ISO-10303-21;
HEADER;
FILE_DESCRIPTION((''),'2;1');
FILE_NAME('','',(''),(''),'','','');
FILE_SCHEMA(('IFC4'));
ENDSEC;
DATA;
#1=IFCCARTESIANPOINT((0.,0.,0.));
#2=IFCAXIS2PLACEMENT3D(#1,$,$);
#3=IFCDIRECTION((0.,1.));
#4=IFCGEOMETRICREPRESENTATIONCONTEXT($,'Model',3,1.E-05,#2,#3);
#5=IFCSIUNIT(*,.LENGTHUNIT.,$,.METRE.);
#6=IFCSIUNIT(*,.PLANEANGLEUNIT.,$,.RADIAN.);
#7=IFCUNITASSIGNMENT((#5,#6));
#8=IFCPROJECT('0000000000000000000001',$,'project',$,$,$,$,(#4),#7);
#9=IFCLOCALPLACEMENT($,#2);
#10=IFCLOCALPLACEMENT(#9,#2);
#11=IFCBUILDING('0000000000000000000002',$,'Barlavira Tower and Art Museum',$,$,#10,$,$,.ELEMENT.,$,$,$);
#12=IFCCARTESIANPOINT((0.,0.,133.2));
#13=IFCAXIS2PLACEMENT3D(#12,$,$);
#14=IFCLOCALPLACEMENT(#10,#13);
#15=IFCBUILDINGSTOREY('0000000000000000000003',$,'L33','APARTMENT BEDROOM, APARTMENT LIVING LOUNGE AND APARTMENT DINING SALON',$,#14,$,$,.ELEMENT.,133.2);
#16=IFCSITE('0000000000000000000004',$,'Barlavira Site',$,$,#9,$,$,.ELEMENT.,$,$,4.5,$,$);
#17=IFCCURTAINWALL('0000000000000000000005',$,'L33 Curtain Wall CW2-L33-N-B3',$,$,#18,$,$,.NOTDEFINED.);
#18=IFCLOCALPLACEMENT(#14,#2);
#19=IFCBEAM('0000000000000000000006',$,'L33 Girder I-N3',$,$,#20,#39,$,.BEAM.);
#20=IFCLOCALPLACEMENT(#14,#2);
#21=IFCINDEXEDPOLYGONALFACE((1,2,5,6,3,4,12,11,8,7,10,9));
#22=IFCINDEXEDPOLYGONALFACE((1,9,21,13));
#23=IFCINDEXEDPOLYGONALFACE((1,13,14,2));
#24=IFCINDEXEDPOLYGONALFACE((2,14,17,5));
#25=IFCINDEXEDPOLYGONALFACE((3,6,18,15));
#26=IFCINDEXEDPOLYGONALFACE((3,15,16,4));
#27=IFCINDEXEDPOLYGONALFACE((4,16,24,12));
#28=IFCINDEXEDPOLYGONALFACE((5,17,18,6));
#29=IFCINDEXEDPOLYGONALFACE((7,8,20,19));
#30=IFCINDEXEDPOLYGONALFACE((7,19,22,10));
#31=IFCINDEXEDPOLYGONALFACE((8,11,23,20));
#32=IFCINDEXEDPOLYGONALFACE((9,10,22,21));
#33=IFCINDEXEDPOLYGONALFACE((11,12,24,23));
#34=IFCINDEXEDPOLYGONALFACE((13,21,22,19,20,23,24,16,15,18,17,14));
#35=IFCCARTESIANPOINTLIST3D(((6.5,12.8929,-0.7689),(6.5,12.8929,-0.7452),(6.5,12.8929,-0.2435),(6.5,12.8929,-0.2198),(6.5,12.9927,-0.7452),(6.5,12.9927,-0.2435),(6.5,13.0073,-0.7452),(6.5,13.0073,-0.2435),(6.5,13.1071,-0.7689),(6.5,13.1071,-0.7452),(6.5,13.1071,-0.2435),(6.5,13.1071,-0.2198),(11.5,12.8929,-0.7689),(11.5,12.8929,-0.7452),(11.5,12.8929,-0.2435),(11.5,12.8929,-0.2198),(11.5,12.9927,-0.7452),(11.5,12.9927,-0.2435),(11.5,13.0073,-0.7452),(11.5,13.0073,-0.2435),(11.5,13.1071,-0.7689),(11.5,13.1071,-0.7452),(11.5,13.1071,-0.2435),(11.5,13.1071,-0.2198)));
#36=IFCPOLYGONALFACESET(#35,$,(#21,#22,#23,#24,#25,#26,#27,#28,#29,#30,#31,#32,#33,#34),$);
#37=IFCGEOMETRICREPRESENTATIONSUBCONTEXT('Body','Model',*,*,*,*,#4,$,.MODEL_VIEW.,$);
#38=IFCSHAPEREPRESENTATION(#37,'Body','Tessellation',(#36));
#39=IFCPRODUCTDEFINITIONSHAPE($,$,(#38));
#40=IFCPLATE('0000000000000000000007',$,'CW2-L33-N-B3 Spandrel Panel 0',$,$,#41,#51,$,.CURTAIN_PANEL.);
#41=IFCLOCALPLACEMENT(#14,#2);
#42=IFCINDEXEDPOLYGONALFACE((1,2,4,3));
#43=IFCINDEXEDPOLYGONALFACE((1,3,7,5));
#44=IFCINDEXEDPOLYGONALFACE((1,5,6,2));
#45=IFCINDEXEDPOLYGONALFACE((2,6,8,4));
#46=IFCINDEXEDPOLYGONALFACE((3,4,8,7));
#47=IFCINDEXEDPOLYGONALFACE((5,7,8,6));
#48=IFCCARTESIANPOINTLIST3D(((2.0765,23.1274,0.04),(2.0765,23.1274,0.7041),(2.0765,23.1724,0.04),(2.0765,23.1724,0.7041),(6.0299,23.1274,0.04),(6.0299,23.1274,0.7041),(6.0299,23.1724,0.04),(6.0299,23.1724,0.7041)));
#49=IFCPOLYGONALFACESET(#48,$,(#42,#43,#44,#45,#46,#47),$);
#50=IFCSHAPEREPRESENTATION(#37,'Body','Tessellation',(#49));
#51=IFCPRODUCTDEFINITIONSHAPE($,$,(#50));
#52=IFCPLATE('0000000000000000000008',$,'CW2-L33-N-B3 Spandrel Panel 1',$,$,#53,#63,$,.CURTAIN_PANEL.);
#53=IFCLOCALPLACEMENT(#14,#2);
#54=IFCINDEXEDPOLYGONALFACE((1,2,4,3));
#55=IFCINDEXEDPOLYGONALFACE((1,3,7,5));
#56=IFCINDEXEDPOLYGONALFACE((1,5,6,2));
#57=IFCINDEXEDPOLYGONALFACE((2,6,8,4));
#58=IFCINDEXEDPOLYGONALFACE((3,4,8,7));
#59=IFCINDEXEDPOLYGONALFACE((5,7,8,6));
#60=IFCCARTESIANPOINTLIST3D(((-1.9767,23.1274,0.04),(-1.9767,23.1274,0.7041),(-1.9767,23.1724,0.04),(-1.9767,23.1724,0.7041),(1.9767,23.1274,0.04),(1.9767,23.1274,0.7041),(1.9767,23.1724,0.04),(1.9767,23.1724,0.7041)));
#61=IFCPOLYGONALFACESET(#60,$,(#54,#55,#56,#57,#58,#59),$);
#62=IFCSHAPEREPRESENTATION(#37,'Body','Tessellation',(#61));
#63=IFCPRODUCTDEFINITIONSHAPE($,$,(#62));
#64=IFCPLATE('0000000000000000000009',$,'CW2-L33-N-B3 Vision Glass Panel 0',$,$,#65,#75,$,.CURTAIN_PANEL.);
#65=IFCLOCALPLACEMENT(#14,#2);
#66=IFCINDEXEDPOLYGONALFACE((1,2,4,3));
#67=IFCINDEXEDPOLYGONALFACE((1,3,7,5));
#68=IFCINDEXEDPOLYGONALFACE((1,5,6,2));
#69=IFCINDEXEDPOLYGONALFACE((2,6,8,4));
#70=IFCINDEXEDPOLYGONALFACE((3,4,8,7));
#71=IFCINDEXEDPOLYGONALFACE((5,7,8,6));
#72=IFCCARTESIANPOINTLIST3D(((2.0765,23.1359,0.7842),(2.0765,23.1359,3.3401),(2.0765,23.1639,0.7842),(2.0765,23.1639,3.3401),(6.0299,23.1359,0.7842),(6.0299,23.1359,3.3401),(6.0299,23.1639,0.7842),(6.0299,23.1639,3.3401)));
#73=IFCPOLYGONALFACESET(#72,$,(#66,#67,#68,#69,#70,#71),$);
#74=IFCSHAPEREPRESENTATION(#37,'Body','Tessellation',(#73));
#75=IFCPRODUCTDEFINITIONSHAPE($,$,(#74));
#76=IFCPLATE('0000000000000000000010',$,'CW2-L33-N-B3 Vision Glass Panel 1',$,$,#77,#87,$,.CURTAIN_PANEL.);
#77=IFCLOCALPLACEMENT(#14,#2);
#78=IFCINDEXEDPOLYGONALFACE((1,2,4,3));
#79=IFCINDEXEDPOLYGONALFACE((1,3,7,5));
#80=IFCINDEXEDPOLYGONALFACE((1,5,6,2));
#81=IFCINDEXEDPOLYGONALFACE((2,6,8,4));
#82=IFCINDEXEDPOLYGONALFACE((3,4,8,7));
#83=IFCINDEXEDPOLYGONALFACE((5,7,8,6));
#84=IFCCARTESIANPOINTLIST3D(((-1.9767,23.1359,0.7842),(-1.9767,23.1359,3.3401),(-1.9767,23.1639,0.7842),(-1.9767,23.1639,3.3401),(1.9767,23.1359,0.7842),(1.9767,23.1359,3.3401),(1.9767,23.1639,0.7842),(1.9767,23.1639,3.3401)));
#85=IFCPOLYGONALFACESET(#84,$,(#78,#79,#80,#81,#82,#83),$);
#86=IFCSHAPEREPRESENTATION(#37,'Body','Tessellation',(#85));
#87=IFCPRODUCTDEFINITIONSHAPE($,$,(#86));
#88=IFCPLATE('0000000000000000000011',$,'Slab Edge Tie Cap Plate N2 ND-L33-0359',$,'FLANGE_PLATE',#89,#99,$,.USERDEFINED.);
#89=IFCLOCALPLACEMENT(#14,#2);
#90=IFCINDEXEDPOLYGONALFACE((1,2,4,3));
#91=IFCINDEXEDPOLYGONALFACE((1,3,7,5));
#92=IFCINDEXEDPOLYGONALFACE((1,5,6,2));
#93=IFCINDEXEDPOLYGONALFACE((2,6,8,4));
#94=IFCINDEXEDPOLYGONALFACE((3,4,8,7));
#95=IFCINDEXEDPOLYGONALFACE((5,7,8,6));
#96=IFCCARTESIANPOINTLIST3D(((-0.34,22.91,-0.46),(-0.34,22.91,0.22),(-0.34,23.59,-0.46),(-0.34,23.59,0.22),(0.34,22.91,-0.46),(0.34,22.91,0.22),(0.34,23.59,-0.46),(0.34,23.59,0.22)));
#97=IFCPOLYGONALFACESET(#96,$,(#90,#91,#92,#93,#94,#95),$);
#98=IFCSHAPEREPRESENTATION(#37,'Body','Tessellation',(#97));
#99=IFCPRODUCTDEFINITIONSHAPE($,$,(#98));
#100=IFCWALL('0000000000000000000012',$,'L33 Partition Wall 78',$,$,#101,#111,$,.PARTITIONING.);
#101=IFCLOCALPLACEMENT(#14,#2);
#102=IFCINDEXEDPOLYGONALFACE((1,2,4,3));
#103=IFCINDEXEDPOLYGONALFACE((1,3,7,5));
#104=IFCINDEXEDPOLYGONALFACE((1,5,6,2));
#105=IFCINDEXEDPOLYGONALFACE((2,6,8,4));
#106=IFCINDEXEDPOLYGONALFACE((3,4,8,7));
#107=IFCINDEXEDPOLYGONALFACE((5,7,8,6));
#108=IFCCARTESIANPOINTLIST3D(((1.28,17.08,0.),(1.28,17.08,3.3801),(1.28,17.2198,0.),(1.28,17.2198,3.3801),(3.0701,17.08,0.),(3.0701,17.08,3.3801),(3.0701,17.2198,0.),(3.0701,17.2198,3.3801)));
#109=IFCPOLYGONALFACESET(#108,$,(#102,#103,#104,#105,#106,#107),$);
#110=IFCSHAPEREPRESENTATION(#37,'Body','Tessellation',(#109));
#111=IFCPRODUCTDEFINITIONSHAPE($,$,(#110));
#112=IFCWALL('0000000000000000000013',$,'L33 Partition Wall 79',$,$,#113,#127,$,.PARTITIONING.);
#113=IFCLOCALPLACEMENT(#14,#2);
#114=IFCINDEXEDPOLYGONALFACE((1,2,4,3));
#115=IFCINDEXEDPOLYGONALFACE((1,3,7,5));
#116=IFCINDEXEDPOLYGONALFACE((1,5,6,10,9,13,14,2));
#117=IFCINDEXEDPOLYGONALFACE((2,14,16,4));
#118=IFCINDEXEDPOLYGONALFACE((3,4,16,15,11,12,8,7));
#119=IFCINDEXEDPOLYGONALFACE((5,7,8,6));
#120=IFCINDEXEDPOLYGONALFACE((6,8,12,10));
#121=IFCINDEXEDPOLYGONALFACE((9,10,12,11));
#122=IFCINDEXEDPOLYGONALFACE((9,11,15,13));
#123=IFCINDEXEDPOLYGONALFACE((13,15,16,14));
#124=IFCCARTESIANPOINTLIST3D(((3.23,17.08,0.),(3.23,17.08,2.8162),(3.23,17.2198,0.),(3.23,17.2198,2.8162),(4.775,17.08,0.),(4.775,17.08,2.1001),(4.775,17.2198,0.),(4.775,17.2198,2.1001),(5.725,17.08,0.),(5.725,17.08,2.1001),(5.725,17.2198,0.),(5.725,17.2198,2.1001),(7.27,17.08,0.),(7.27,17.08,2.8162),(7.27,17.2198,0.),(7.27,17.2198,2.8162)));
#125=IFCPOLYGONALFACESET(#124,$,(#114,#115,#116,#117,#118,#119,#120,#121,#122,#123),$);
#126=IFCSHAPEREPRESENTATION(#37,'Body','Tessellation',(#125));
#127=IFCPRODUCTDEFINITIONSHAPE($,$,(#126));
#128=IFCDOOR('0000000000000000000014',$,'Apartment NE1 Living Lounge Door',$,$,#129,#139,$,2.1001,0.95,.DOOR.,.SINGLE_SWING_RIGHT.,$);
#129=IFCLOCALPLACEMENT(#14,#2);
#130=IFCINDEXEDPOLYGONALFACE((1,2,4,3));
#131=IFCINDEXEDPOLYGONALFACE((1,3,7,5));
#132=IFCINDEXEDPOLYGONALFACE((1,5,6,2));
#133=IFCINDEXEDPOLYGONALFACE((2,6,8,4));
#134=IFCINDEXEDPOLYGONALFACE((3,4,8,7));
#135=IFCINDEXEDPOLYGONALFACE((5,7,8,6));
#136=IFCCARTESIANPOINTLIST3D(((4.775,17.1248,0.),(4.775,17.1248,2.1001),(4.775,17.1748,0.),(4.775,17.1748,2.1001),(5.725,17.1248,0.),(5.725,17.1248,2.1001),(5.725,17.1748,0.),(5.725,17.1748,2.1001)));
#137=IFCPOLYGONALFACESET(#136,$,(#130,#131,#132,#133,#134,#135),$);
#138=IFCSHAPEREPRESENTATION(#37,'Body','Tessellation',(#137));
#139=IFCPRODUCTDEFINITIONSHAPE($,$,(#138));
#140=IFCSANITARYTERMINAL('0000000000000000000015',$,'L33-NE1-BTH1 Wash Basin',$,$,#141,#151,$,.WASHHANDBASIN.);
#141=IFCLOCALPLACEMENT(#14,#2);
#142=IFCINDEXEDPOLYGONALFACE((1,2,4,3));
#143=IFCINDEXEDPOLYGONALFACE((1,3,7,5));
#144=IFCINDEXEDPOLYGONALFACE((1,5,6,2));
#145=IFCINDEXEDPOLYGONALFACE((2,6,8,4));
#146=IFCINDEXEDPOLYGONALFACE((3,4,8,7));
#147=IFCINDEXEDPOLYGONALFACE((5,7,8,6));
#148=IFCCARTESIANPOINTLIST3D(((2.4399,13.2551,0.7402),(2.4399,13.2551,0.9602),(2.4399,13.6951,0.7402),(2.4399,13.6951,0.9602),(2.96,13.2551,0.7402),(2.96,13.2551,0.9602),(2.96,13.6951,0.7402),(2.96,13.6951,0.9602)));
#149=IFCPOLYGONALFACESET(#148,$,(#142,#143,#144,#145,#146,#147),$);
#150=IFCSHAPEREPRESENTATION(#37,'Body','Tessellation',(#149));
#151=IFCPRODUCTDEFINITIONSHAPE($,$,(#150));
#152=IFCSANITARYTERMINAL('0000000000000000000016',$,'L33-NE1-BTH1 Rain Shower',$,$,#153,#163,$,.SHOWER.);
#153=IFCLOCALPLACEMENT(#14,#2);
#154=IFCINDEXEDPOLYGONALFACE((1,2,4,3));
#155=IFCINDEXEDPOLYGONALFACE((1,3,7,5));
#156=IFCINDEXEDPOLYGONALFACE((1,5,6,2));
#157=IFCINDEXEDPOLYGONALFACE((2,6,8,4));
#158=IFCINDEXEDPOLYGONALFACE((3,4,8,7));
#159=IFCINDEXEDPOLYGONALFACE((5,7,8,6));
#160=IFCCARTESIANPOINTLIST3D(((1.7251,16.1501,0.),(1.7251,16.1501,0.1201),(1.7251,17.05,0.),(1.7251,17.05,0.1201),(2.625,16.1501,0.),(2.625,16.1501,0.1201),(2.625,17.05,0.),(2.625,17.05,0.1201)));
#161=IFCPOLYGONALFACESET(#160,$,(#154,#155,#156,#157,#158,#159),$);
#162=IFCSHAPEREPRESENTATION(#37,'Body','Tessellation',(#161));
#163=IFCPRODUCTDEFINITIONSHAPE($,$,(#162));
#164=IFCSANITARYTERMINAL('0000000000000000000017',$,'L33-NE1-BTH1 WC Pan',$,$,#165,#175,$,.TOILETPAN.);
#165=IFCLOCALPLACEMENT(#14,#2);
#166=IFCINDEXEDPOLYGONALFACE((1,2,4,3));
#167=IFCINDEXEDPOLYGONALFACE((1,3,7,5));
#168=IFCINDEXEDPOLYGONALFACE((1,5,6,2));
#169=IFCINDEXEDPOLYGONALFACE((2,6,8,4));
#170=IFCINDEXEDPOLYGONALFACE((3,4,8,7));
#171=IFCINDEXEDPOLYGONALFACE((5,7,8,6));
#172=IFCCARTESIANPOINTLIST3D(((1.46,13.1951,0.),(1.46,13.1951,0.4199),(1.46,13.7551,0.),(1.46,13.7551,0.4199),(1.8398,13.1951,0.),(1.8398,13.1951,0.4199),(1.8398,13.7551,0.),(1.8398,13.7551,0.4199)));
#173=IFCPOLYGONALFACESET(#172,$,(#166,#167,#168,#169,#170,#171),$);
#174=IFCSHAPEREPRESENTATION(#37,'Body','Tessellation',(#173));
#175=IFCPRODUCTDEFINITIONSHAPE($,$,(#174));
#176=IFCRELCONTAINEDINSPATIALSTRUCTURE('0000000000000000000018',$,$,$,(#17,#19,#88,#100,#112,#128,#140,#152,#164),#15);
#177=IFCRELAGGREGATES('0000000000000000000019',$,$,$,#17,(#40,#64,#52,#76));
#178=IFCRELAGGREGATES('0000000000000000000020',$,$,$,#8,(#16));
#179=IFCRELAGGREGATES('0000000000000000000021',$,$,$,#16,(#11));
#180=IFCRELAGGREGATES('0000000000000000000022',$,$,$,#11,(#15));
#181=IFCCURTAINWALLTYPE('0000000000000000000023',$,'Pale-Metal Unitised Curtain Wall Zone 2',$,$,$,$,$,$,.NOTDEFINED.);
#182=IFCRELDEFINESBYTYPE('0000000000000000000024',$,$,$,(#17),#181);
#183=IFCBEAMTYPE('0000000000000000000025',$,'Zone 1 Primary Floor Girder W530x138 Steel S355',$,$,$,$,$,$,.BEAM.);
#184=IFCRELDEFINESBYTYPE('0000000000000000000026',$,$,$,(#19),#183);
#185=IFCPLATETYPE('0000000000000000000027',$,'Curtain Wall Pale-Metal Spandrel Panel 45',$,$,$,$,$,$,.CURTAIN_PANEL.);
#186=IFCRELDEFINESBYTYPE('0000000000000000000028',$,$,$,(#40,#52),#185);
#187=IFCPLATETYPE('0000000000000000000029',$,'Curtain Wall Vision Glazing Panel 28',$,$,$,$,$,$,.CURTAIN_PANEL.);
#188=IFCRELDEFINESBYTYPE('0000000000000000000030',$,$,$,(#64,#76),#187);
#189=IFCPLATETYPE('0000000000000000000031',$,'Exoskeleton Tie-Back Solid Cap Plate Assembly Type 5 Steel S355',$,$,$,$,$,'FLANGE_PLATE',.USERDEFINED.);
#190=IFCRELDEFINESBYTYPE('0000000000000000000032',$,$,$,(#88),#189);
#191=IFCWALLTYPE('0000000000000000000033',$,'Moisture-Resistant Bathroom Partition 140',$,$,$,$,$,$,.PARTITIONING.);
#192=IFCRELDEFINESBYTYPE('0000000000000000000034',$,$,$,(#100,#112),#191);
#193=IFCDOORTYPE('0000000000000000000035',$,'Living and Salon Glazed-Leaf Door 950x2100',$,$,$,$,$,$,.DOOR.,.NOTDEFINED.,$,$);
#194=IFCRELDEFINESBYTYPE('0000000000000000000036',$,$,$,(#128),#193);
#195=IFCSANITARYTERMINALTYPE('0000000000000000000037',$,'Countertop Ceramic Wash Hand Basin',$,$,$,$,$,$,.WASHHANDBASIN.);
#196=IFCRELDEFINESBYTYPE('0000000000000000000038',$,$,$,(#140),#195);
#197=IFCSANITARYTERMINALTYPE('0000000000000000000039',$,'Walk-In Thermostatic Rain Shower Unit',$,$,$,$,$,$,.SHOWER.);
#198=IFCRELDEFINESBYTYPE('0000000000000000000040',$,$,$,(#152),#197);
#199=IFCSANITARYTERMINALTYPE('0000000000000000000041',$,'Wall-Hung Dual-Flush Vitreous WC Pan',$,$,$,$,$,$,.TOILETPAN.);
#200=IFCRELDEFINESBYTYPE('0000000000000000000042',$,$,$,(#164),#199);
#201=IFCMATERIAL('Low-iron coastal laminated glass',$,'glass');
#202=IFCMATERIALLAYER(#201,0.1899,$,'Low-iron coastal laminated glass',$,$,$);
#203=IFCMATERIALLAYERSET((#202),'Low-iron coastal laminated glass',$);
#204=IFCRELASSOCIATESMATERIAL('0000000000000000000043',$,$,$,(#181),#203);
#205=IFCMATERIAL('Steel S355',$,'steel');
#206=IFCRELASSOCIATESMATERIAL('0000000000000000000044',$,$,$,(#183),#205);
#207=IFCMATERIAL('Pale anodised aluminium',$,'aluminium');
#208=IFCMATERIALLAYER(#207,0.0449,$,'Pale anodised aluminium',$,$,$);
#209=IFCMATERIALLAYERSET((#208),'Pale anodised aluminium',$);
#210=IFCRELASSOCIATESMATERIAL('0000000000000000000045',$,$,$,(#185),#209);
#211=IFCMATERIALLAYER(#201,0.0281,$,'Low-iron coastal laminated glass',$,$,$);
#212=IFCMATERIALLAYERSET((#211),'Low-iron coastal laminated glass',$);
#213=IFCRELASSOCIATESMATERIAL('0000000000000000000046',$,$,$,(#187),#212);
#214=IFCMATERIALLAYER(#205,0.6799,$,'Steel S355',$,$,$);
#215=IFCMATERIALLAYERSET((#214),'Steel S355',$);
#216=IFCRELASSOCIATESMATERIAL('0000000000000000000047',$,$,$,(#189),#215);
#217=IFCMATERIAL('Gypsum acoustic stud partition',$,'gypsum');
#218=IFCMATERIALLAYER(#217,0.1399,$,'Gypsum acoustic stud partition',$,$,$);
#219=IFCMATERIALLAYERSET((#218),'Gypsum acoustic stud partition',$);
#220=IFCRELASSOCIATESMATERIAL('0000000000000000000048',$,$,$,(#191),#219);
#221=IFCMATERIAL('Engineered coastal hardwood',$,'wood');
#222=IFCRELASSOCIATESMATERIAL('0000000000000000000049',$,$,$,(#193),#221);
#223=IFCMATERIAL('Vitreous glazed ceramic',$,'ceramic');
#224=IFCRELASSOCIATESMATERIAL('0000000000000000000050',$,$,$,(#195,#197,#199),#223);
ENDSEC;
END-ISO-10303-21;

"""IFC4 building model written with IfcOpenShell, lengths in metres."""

from ifc_helpers import new_model, si_unit, direction, frame, frame_2d, origin, origin_2d, place, context, subcontext, project, spatial, rectangle, i_section, extrude, material, layer, layer_set, material_profile, profile_set, type_object, element, fill, aggregate, save


model = new_model("IFC4")

# Units and contexts
model_context = context("Model", 3, precision=1e-05, world=origin(), true_north=direction((0.0, 1.0)))
body_context = subcontext(model_context, "Body", "Model", "MODEL_VIEW")
ifc_project = project(units=[si_unit("LENGTHUNIT", "METRE"), si_unit("PLANEANGLEUNIT", "RADIAN")], contexts=[model_context])

# Site, building, storey
site_placement = place(None, origin())
site = spatial("IfcSite", under=ifc_project, at=site_placement, Name="Barlavira Site", CompositionType="ELEMENT", RefElevation=4.5)
building_placement = place(site_placement, origin())
building = spatial("IfcBuilding", under=site, at=building_placement, Name="Barlavira Tower and Art Museum", CompositionType="ELEMENT")
storey_placement = place(building_placement, frame((0.0, 0.0, 133.2)))
storey = spatial("IfcBuildingStorey", under=building, at=storey_placement, Name="L33", Description="APARTMENT BEDROOM, APARTMENT LIVING LOUNGE AND APARTMENT DINING SALON", CompositionType="ELEMENT", Elevation=133.2)

# Curtain wall
ifc_material_1 = material(Name="Low-iron coastal laminated glass", Category="glass")
ifc_layer_1 = layer(ifc_material_1, 0.1899, Name="Low-iron coastal laminated glass")
ifc_layer_set_1 = layer_set([ifc_layer_1], Name="Low-iron coastal laminated glass")
curtain_wall_type = type_object("IfcCurtainWallType", Name="Pale-Metal Unitised Curtain Wall Zone 2", PredefinedType="NOTDEFINED", material=ifc_layer_set_1)
curtain_wall_placement = place(storey_placement, origin())
curtain_wall = element("IfcCurtainWall", 1, at=curtain_wall_placement, inside=storey, type_object=curtain_wall_type, Name="L33 Curtain Wall CW2-L33-N-B3", PredefinedType="NOTDEFINED")
ifc_material_2 = material(Name="Pale anodised aluminium", Category="aluminium")

# Shared definitions
ifc_material_3 = material(Name="Steel S355", Category="steel")

# Beam
ifc_material_profile_1 = material_profile(ifc_material_3, i_section(OverallWidth=0.2141, OverallDepth=0.5491, WebThickness=0.0146, FlangeThickness=0.0237, at=origin_2d()), Name="W530x138.0")
ifc_profile_set_1 = profile_set([ifc_material_profile_1], Name="Steel S355")
beam_type = type_object("IfcBeamType", Name="Zone 1 Primary Floor Girder W530x138 Steel S355", PredefinedType="BEAM", material=ifc_profile_set_1)
beam_placement = place(storey_placement, frame((6.5, 13.0, -0.4944), z_axis=(1.0, 0.0, 0.0), x_axis=(0.0, 1.0, 0.0)))
element("IfcBeam", 2, at=beam_placement, inside=storey, type_object=beam_type, Name="L33 Girder I-N3", PredefinedType="BEAM", context=body_context, shape_type="SweptSolid", body=[
    extrude(i_section(OverallWidth=0.2141, OverallDepth=0.5491, WebThickness=0.0146, FlangeThickness=0.0237, at=origin_2d()), origin(), (0.0, 0.0, 1.0), 5.0),
])

# Plates
ifc_layer_2 = layer(ifc_material_2, 0.0449, Name="Pale anodised aluminium")
ifc_layer_set_2 = layer_set([ifc_layer_2], Name="Pale anodised aluminium")
plate_type_1 = type_object("IfcPlateType", Name="Curtain Wall Pale-Metal Spandrel Panel 45", PredefinedType="CURTAIN_PANEL", material=ifc_layer_set_2)
plate_1_placement = place(storey_placement, frame((4.0532, 23.1499, 0.04), z_axis=(0.0, 0.0, 1.0), x_axis=(-1.0, 0.0, 0.0)))
plate_1 = element("IfcPlate", 3, at=plate_1_placement, type_object=plate_type_1, Name="CW2-L33-N-B3 Spandrel Panel 0", PredefinedType="CURTAIN_PANEL", context=body_context, shape_type="SweptSolid", body=[
    extrude(rectangle(XDim=3.9534, YDim=0.0449, at=origin_2d()), origin(), (0.0, 0.0, 1.0), 0.6641),
])
plate_2_placement = place(storey_placement, frame((0.0, 23.1499, 0.04), z_axis=(0.0, 0.0, 1.0), x_axis=(-1.0, 0.0, 0.0)))
plate_2 = element("IfcPlate", 4, at=plate_2_placement, type_object=plate_type_1, Name="CW2-L33-N-B3 Spandrel Panel 1", PredefinedType="CURTAIN_PANEL", context=body_context, shape_type="SweptSolid", body=[
    extrude(rectangle(XDim=3.9534, YDim=0.0449, at=origin_2d()), origin(), (0.0, 0.0, 1.0), 0.6641),
])
ifc_layer_3 = layer(ifc_material_1, 0.0281, Name="Low-iron coastal laminated glass")
ifc_layer_set_3 = layer_set([ifc_layer_3], Name="Low-iron coastal laminated glass")
plate_type_2 = type_object("IfcPlateType", Name="Curtain Wall Vision Glazing Panel 28", PredefinedType="CURTAIN_PANEL", material=ifc_layer_set_3)
plate_3_placement = place(storey_placement, frame((4.0532, 23.1499, 0.7842), z_axis=(0.0, 0.0, 1.0), x_axis=(-1.0, 0.0, 0.0)))
plate_3 = element("IfcPlate", 5, at=plate_3_placement, type_object=plate_type_2, Name="CW2-L33-N-B3 Vision Glass Panel 0", PredefinedType="CURTAIN_PANEL", context=body_context, shape_type="SweptSolid", body=[
    extrude(rectangle(XDim=3.9534, YDim=0.0281, at=origin_2d()), origin(), (0.0, 0.0, 1.0), 2.5559),
])
plate_4_placement = place(storey_placement, frame((0.0, 23.1499, 0.7842), z_axis=(0.0, 0.0, 1.0), x_axis=(-1.0, 0.0, 0.0)))
plate_4 = element("IfcPlate", 6, at=plate_4_placement, type_object=plate_type_2, Name="CW2-L33-N-B3 Vision Glass Panel 1", PredefinedType="CURTAIN_PANEL", context=body_context, shape_type="SweptSolid", body=[
    extrude(rectangle(XDim=3.9534, YDim=0.0281, at=origin_2d()), origin(), (0.0, 0.0, 1.0), 2.5559),
])
aggregate(curtain_wall, [plate_1, plate_3, plate_2, plate_4])
ifc_layer_4 = layer(ifc_material_3, 0.6799, Name="Steel S355")
ifc_layer_set_4 = layer_set([ifc_layer_4], Name="Steel S355")
plate_type_3 = type_object("IfcPlateType", Name="Exoskeleton Tie-Back Solid Cap Plate Assembly Type 5 Steel S355", ElementType="FLANGE_PLATE", PredefinedType="USERDEFINED", material=ifc_layer_set_4)
plate_5_placement = place(storey_placement, frame((0.0, 23.25, -0.46), z_axis=(0.0, 0.0, 1.0), x_axis=(1.0, 0.0, 0.0)))
element("IfcPlate", 7, at=plate_5_placement, inside=storey, type_object=plate_type_3, Name="Slab Edge Tie Cap Plate N2 ND-L33-0359", ObjectType="FLANGE_PLATE", PredefinedType="USERDEFINED", context=body_context, shape_type="SweptSolid", body=[
    extrude(rectangle(XDim=0.6799, YDim=0.6799, at=origin_2d()), origin(), (0.0, 0.0, 1.0), 0.6799),
])

# Shared definitions
ifc_material_4 = material(Name="Gypsum acoustic stud partition", Category="gypsum")

# Wall
ifc_layer_5 = layer(ifc_material_4, 0.1399, Name="Gypsum acoustic stud partition")
ifc_layer_set_5 = layer_set([ifc_layer_5], Name="Gypsum acoustic stud partition")
wall_type_1 = type_object("IfcWallType", Name="Moisture-Resistant Bathroom Partition 140", PredefinedType="PARTITIONING", material=ifc_layer_set_5)
wall_1_placement = place(storey_placement, frame((1.28, 17.1499, 0.0), z_axis=(0.0, 0.0, 1.0), x_axis=(1.0, 0.0, 0.0)))
element("IfcWall", 8, at=wall_1_placement, inside=storey, type_object=wall_type_1, Name="L33 Partition Wall 78", PredefinedType="PARTITIONING", context=body_context, shape_type="SweptSolid", body=[
    extrude(rectangle(XDim=1.79, YDim=0.1399, at=frame_2d((0.895, 0.0))), origin(), (0.0, 0.0, 1.0), 3.3801),
])

# Wall, opening, door
wall_2_placement = place(storey_placement, frame((3.23, 17.1499, 0.0), z_axis=(0.0, 0.0, 1.0), x_axis=(1.0, 0.0, 0.0)))
wall_2 = element("IfcWall", 9, at=wall_2_placement, inside=storey, type_object=wall_type_1, Name="L33 Partition Wall 79", PredefinedType="PARTITIONING", context=body_context, shape_type="SweptSolid", body=[
    extrude(rectangle(XDim=4.04, YDim=0.1399, at=frame_2d((2.02, 0.0))), origin(), (0.0, 0.0, 1.0), 2.8162),
])
opening_1_placement = place(wall_2_placement, frame((1.5449, 0.0, 0.0)))
opening_1 = element("IfcOpeningElement", 10, at=opening_1_placement, cuts=wall_2, PredefinedType="OPENING", context=body_context, shape_type="SweptSolid", body=[
    extrude(rectangle(XDim=0.95, YDim=2.1001, at=frame_2d((0.4751, 1.05))), frame((0.0, 0.0801, 0.0), z_axis=(0.0, -1.0, 0.0), x_axis=(1.0, 0.0, 0.0)), (0.0, 0.0, 1.0), 0.1599),
])
ifc_material_5 = material(Name="Engineered coastal hardwood", Category="wood")
door_type_1 = type_object("IfcDoorType", Name="Living and Salon Glazed-Leaf Door 950x2100", OperationType="NOTDEFINED", PredefinedType="DOOR", material=ifc_material_5)
door_1_placement = place(opening_1_placement, origin())
door_1 = element("IfcDoor", 11, at=door_1_placement, inside=storey, type_object=door_type_1, Name="Apartment NE1 Living Lounge Door", OperationType="SINGLE_SWING_RIGHT", OverallHeight=2.1001, OverallWidth=0.95, PredefinedType="DOOR", context=body_context, shape_type="SweptSolid", body=[
    extrude(rectangle(XDim=0.95, YDim=2.1001, at=frame_2d((0.4751, 1.05))), frame((0.0, 0.0249, 0.0), z_axis=(0.0, -1.0, 0.0), x_axis=(1.0, 0.0, 0.0)), (0.0, 0.0, 1.0), 0.05),
])
fill(opening_1, door_1)

# Sanitary terminals
ifc_material_6 = material(Name="Vitreous glazed ceramic", Category="ceramic")
sanitary_terminal_type_1 = type_object("IfcSanitaryTerminalType", Name="Countertop Ceramic Wash Hand Basin", PredefinedType="WASHHANDBASIN", material=ifc_material_6)
sanitary_terminal_1_placement = place(storey_placement, frame((2.7, 13.4751, 0.7402), z_axis=(0.0, 0.0, 1.0), x_axis=(1.0, 0.0, 0.0)))
element("IfcSanitaryTerminal", 12, at=sanitary_terminal_1_placement, inside=storey, type_object=sanitary_terminal_type_1, Name="L33-NE1-BTH1 Wash Basin", PredefinedType="WASHHANDBASIN", context=body_context, shape_type="SweptSolid", body=[
    extrude(rectangle(XDim=0.52, YDim=0.4399, at=origin_2d()), origin(), (0.0, 0.0, 1.0), 0.22),
])
sanitary_terminal_type_2 = type_object("IfcSanitaryTerminalType", Name="Walk-In Thermostatic Rain Shower Unit", PredefinedType="SHOWER", material=ifc_material_6)
sanitary_terminal_2_placement = place(storey_placement, frame((2.175, 16.6001, 0.0), z_axis=(0.0, 0.0, 1.0), x_axis=(1.0, 0.0, 0.0)))
element("IfcSanitaryTerminal", 13, at=sanitary_terminal_2_placement, inside=storey, type_object=sanitary_terminal_type_2, Name="L33-NE1-BTH1 Rain Shower", PredefinedType="SHOWER", context=body_context, shape_type="SweptSolid", body=[
    extrude(rectangle(XDim=0.8999, YDim=0.8999, at=origin_2d()), origin(), (0.0, 0.0, 1.0), 0.1201),
])
sanitary_terminal_type_3 = type_object("IfcSanitaryTerminalType", Name="Wall-Hung Dual-Flush Vitreous WC Pan", PredefinedType="TOILETPAN", material=ifc_material_6)
sanitary_terminal_3_placement = place(storey_placement, frame((1.6499, 13.4751, 0.0), z_axis=(0.0, 0.0, 1.0), x_axis=(1.0, 0.0, 0.0)))
element("IfcSanitaryTerminal", 14, at=sanitary_terminal_3_placement, inside=storey, type_object=sanitary_terminal_type_3, Name="L33-NE1-BTH1 WC Pan", PredefinedType="TOILETPAN", context=body_context, shape_type="SweptSolid", body=[
    extrude(rectangle(XDim=0.3799, YDim=0.5601, at=origin_2d()), origin(), (0.0, 0.0, 1.0), 0.4199),
])

save(model, "model.ifc")
